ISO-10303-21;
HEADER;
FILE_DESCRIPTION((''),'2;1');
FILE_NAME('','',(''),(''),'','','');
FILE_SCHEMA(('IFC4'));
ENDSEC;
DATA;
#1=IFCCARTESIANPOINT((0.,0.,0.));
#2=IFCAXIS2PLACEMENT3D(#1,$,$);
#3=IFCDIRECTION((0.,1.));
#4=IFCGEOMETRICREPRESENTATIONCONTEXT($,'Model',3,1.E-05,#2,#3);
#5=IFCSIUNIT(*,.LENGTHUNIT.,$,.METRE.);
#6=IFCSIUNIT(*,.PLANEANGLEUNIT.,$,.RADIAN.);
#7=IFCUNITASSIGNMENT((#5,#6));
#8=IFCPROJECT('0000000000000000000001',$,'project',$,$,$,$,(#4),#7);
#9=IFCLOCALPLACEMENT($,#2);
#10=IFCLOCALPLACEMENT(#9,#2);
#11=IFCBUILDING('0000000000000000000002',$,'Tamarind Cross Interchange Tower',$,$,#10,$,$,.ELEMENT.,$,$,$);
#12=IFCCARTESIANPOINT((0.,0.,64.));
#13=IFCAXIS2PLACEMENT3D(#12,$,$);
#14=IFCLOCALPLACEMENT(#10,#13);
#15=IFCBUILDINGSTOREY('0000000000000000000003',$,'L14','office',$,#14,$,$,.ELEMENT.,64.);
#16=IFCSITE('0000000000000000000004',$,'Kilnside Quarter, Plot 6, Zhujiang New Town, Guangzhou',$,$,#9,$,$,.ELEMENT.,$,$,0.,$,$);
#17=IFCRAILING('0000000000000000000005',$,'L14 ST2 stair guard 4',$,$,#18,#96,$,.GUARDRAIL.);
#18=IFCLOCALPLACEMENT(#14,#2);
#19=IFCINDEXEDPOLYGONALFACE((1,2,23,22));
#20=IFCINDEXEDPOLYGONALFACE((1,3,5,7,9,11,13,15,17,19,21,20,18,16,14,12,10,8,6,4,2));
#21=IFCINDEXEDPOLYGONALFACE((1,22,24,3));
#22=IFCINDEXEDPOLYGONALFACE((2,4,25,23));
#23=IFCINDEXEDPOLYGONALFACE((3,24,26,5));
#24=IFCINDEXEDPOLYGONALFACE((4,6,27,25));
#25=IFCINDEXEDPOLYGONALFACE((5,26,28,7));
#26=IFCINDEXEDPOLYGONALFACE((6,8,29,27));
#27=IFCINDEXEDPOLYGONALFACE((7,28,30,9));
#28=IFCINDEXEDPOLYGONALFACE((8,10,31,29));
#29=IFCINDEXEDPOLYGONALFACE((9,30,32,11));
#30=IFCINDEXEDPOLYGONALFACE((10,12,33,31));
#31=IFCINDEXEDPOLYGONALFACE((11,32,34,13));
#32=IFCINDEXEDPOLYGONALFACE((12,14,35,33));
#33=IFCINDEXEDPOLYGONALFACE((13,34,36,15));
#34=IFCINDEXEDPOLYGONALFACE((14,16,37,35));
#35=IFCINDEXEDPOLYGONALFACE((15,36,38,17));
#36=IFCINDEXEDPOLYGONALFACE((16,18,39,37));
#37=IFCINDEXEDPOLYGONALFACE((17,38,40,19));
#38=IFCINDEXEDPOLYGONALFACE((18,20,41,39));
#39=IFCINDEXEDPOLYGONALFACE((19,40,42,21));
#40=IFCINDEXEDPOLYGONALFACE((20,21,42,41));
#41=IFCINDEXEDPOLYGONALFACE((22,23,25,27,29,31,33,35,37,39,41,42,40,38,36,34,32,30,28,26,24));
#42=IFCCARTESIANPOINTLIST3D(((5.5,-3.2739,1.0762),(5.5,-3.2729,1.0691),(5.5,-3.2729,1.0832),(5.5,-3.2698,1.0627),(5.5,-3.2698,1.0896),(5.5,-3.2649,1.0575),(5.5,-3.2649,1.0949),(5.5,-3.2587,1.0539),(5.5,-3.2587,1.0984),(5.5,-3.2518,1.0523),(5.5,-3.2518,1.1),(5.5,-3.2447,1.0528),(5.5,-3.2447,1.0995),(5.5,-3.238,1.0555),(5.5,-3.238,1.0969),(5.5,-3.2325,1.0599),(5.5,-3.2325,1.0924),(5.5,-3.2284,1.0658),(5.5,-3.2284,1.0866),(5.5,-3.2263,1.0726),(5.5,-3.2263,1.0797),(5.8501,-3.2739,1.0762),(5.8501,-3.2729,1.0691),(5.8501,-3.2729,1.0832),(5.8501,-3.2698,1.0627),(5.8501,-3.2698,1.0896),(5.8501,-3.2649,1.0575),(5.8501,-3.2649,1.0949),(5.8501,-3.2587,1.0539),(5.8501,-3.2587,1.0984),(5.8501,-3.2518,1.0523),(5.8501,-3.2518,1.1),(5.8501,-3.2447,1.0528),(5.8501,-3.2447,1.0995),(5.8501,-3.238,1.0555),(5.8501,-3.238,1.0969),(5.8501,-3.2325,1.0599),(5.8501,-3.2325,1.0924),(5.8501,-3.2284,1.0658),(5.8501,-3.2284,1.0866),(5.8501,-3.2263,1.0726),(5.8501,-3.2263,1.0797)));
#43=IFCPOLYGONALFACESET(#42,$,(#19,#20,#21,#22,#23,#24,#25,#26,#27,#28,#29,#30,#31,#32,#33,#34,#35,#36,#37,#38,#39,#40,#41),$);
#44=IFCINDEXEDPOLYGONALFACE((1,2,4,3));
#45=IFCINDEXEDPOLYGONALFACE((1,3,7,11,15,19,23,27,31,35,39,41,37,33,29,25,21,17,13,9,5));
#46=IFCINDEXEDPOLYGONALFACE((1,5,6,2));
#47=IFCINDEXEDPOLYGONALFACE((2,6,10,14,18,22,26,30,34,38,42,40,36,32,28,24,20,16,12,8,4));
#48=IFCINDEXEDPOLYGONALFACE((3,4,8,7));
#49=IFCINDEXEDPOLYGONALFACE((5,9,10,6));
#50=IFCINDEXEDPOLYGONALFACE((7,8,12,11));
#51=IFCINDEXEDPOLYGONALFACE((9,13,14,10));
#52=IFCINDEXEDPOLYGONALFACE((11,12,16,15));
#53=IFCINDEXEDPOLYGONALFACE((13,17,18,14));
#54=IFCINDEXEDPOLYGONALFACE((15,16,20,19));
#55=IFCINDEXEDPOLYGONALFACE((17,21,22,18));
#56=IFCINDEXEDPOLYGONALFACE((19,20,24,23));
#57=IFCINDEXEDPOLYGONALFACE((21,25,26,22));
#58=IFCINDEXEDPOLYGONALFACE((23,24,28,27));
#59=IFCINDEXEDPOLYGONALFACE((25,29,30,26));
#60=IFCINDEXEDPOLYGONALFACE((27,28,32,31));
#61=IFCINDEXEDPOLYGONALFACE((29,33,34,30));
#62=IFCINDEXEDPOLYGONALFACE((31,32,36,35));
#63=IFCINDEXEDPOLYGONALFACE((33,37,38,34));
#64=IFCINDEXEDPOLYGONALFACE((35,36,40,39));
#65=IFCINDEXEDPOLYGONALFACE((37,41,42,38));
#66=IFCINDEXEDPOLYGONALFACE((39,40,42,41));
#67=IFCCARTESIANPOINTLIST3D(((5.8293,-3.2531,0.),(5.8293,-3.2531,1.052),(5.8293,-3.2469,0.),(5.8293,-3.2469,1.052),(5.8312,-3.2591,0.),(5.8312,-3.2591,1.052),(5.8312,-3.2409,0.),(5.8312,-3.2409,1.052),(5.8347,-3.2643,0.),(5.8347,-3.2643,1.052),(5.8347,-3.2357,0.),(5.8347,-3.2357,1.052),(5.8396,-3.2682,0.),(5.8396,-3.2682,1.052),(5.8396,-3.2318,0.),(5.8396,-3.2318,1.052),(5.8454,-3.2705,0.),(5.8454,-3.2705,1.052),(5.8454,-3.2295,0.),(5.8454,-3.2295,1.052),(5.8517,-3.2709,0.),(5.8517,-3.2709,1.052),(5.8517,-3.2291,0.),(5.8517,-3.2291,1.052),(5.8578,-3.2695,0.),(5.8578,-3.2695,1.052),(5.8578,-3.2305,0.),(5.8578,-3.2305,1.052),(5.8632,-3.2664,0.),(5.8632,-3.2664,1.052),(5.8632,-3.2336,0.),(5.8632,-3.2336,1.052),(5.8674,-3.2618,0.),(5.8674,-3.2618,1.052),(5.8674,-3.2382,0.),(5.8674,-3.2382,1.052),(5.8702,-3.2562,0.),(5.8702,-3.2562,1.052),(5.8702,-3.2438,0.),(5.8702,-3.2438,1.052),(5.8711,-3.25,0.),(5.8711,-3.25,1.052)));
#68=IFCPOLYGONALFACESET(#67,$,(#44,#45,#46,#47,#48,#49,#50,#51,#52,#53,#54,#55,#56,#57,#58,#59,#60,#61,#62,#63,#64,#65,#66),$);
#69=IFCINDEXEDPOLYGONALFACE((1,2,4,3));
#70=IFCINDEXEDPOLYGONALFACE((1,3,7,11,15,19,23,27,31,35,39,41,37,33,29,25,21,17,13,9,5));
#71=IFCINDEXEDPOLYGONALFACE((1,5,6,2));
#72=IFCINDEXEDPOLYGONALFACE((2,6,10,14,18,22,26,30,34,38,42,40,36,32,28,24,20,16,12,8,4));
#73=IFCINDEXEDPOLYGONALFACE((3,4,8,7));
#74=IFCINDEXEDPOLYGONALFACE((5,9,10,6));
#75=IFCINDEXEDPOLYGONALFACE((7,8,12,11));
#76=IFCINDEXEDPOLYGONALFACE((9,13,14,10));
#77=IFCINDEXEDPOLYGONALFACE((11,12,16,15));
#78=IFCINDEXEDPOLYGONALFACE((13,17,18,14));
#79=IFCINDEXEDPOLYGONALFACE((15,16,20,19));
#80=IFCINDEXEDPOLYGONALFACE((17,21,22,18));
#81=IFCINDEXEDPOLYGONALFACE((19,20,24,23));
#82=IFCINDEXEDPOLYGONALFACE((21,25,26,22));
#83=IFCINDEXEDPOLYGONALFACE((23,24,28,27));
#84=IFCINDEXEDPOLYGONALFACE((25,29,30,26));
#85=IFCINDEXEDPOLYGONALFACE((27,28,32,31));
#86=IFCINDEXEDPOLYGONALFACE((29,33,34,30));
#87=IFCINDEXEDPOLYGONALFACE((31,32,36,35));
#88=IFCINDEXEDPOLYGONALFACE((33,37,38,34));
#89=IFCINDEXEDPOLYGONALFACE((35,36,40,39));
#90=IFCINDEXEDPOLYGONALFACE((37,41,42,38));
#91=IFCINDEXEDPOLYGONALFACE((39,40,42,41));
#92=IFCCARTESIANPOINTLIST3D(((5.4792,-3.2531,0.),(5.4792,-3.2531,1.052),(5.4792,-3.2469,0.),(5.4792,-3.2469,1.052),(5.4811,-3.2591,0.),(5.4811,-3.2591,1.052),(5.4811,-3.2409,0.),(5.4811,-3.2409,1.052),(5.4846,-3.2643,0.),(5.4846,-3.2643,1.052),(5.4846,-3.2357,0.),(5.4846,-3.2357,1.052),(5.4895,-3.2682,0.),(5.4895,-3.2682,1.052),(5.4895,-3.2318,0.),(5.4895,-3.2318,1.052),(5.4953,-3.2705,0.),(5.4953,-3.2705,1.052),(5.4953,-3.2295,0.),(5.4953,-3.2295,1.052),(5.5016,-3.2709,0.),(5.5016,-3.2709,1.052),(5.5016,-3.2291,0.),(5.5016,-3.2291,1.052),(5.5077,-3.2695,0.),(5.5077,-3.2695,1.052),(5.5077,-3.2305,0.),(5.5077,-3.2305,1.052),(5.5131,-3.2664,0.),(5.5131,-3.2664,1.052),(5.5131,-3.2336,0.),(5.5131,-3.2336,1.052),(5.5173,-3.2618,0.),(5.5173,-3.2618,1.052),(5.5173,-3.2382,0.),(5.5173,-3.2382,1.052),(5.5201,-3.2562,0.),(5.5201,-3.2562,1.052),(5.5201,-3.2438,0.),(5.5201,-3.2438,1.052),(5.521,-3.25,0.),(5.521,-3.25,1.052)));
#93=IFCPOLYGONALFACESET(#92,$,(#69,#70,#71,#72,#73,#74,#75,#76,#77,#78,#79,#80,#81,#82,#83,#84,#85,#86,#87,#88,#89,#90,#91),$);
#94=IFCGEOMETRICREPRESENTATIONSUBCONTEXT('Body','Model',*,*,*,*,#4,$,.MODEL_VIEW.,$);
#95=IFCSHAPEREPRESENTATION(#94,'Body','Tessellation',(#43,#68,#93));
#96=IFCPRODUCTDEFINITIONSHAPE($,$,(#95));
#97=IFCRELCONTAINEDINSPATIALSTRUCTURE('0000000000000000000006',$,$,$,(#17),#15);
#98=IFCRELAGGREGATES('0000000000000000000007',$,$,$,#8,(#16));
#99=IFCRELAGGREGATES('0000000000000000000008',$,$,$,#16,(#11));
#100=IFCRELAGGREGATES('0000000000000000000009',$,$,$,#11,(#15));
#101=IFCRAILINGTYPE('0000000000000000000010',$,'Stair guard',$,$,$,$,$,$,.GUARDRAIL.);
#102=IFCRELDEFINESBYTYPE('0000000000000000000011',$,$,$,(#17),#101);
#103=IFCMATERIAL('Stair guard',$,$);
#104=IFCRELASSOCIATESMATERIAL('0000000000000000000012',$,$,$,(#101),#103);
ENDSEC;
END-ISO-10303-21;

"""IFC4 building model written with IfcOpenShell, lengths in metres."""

from ifc_helpers import new_model, si_unit, direction, frame, origin, origin_2d, place, context, subcontext, project, spatial, circle, extrude, material, type_object, element, save


model = new_model("IFC4")

# Units and contexts
model_context = context("Model", 3, precision=1e-05, world=origin(), true_north=direction((0.0, 1.0)))
body_context = subcontext(model_context, "Body", "Model", "MODEL_VIEW")
ifc_project = project(units=[si_unit("LENGTHUNIT", "METRE"), si_unit("PLANEANGLEUNIT", "RADIAN")], contexts=[model_context])

# Site, building, storey
site_placement = place(None, origin())
site = spatial("IfcSite", under=ifc_project, at=site_placement, Name="Kilnside Quarter, Plot 6, Zhujiang New Town, Guangzhou", CompositionType="ELEMENT", RefElevation=0.0)
building_placement = place(site_placement, origin())
building = spatial("IfcBuilding", under=site, at=building_placement, Name="Tamarind Cross Interchange Tower", CompositionType="ELEMENT")
storey_placement = place(building_placement, frame((0.0, 0.0, 64.0)))
storey = spatial("IfcBuildingStorey", under=building, at=storey_placement, Name="L14", Description="office", CompositionType="ELEMENT", Elevation=64.0)

# Railing
ifc_material_1 = material(Name="Stair guard")
railing_type_1 = type_object("IfcRailingType", Name="Stair guard", PredefinedType="GUARDRAIL", material=ifc_material_1)
railing_1_placement = place(storey_placement, frame((5.8501, -3.25, 0.0)))
element("IfcRailing", 1, at=railing_1_placement, inside=storey, type_object=railing_type_1, Name="L14 ST2 stair guard 4", PredefinedType="GUARDRAIL", context=body_context, shape_type="SweptSolid", body=[
    extrude(circle(Radius=0.0239, at=origin_2d()), frame((0.0, 0.0, 1.0762), z_axis=(-1.0, 0.0, 0.0), x_axis=(0.0, -1.0, 0.0)), (0.0, 0.0, 1.0), 0.3501),
    extrude(circle(Radius=0.021, at=origin_2d()), origin(), (0.0, 0.0, 1.0), 1.052),
    extrude(circle(Radius=0.021, at=origin_2d()), frame((-0.3501, 0.0, 0.0)), (0.0, 0.0, 1.0), 1.052),
])

save(model, "model.ifc")
